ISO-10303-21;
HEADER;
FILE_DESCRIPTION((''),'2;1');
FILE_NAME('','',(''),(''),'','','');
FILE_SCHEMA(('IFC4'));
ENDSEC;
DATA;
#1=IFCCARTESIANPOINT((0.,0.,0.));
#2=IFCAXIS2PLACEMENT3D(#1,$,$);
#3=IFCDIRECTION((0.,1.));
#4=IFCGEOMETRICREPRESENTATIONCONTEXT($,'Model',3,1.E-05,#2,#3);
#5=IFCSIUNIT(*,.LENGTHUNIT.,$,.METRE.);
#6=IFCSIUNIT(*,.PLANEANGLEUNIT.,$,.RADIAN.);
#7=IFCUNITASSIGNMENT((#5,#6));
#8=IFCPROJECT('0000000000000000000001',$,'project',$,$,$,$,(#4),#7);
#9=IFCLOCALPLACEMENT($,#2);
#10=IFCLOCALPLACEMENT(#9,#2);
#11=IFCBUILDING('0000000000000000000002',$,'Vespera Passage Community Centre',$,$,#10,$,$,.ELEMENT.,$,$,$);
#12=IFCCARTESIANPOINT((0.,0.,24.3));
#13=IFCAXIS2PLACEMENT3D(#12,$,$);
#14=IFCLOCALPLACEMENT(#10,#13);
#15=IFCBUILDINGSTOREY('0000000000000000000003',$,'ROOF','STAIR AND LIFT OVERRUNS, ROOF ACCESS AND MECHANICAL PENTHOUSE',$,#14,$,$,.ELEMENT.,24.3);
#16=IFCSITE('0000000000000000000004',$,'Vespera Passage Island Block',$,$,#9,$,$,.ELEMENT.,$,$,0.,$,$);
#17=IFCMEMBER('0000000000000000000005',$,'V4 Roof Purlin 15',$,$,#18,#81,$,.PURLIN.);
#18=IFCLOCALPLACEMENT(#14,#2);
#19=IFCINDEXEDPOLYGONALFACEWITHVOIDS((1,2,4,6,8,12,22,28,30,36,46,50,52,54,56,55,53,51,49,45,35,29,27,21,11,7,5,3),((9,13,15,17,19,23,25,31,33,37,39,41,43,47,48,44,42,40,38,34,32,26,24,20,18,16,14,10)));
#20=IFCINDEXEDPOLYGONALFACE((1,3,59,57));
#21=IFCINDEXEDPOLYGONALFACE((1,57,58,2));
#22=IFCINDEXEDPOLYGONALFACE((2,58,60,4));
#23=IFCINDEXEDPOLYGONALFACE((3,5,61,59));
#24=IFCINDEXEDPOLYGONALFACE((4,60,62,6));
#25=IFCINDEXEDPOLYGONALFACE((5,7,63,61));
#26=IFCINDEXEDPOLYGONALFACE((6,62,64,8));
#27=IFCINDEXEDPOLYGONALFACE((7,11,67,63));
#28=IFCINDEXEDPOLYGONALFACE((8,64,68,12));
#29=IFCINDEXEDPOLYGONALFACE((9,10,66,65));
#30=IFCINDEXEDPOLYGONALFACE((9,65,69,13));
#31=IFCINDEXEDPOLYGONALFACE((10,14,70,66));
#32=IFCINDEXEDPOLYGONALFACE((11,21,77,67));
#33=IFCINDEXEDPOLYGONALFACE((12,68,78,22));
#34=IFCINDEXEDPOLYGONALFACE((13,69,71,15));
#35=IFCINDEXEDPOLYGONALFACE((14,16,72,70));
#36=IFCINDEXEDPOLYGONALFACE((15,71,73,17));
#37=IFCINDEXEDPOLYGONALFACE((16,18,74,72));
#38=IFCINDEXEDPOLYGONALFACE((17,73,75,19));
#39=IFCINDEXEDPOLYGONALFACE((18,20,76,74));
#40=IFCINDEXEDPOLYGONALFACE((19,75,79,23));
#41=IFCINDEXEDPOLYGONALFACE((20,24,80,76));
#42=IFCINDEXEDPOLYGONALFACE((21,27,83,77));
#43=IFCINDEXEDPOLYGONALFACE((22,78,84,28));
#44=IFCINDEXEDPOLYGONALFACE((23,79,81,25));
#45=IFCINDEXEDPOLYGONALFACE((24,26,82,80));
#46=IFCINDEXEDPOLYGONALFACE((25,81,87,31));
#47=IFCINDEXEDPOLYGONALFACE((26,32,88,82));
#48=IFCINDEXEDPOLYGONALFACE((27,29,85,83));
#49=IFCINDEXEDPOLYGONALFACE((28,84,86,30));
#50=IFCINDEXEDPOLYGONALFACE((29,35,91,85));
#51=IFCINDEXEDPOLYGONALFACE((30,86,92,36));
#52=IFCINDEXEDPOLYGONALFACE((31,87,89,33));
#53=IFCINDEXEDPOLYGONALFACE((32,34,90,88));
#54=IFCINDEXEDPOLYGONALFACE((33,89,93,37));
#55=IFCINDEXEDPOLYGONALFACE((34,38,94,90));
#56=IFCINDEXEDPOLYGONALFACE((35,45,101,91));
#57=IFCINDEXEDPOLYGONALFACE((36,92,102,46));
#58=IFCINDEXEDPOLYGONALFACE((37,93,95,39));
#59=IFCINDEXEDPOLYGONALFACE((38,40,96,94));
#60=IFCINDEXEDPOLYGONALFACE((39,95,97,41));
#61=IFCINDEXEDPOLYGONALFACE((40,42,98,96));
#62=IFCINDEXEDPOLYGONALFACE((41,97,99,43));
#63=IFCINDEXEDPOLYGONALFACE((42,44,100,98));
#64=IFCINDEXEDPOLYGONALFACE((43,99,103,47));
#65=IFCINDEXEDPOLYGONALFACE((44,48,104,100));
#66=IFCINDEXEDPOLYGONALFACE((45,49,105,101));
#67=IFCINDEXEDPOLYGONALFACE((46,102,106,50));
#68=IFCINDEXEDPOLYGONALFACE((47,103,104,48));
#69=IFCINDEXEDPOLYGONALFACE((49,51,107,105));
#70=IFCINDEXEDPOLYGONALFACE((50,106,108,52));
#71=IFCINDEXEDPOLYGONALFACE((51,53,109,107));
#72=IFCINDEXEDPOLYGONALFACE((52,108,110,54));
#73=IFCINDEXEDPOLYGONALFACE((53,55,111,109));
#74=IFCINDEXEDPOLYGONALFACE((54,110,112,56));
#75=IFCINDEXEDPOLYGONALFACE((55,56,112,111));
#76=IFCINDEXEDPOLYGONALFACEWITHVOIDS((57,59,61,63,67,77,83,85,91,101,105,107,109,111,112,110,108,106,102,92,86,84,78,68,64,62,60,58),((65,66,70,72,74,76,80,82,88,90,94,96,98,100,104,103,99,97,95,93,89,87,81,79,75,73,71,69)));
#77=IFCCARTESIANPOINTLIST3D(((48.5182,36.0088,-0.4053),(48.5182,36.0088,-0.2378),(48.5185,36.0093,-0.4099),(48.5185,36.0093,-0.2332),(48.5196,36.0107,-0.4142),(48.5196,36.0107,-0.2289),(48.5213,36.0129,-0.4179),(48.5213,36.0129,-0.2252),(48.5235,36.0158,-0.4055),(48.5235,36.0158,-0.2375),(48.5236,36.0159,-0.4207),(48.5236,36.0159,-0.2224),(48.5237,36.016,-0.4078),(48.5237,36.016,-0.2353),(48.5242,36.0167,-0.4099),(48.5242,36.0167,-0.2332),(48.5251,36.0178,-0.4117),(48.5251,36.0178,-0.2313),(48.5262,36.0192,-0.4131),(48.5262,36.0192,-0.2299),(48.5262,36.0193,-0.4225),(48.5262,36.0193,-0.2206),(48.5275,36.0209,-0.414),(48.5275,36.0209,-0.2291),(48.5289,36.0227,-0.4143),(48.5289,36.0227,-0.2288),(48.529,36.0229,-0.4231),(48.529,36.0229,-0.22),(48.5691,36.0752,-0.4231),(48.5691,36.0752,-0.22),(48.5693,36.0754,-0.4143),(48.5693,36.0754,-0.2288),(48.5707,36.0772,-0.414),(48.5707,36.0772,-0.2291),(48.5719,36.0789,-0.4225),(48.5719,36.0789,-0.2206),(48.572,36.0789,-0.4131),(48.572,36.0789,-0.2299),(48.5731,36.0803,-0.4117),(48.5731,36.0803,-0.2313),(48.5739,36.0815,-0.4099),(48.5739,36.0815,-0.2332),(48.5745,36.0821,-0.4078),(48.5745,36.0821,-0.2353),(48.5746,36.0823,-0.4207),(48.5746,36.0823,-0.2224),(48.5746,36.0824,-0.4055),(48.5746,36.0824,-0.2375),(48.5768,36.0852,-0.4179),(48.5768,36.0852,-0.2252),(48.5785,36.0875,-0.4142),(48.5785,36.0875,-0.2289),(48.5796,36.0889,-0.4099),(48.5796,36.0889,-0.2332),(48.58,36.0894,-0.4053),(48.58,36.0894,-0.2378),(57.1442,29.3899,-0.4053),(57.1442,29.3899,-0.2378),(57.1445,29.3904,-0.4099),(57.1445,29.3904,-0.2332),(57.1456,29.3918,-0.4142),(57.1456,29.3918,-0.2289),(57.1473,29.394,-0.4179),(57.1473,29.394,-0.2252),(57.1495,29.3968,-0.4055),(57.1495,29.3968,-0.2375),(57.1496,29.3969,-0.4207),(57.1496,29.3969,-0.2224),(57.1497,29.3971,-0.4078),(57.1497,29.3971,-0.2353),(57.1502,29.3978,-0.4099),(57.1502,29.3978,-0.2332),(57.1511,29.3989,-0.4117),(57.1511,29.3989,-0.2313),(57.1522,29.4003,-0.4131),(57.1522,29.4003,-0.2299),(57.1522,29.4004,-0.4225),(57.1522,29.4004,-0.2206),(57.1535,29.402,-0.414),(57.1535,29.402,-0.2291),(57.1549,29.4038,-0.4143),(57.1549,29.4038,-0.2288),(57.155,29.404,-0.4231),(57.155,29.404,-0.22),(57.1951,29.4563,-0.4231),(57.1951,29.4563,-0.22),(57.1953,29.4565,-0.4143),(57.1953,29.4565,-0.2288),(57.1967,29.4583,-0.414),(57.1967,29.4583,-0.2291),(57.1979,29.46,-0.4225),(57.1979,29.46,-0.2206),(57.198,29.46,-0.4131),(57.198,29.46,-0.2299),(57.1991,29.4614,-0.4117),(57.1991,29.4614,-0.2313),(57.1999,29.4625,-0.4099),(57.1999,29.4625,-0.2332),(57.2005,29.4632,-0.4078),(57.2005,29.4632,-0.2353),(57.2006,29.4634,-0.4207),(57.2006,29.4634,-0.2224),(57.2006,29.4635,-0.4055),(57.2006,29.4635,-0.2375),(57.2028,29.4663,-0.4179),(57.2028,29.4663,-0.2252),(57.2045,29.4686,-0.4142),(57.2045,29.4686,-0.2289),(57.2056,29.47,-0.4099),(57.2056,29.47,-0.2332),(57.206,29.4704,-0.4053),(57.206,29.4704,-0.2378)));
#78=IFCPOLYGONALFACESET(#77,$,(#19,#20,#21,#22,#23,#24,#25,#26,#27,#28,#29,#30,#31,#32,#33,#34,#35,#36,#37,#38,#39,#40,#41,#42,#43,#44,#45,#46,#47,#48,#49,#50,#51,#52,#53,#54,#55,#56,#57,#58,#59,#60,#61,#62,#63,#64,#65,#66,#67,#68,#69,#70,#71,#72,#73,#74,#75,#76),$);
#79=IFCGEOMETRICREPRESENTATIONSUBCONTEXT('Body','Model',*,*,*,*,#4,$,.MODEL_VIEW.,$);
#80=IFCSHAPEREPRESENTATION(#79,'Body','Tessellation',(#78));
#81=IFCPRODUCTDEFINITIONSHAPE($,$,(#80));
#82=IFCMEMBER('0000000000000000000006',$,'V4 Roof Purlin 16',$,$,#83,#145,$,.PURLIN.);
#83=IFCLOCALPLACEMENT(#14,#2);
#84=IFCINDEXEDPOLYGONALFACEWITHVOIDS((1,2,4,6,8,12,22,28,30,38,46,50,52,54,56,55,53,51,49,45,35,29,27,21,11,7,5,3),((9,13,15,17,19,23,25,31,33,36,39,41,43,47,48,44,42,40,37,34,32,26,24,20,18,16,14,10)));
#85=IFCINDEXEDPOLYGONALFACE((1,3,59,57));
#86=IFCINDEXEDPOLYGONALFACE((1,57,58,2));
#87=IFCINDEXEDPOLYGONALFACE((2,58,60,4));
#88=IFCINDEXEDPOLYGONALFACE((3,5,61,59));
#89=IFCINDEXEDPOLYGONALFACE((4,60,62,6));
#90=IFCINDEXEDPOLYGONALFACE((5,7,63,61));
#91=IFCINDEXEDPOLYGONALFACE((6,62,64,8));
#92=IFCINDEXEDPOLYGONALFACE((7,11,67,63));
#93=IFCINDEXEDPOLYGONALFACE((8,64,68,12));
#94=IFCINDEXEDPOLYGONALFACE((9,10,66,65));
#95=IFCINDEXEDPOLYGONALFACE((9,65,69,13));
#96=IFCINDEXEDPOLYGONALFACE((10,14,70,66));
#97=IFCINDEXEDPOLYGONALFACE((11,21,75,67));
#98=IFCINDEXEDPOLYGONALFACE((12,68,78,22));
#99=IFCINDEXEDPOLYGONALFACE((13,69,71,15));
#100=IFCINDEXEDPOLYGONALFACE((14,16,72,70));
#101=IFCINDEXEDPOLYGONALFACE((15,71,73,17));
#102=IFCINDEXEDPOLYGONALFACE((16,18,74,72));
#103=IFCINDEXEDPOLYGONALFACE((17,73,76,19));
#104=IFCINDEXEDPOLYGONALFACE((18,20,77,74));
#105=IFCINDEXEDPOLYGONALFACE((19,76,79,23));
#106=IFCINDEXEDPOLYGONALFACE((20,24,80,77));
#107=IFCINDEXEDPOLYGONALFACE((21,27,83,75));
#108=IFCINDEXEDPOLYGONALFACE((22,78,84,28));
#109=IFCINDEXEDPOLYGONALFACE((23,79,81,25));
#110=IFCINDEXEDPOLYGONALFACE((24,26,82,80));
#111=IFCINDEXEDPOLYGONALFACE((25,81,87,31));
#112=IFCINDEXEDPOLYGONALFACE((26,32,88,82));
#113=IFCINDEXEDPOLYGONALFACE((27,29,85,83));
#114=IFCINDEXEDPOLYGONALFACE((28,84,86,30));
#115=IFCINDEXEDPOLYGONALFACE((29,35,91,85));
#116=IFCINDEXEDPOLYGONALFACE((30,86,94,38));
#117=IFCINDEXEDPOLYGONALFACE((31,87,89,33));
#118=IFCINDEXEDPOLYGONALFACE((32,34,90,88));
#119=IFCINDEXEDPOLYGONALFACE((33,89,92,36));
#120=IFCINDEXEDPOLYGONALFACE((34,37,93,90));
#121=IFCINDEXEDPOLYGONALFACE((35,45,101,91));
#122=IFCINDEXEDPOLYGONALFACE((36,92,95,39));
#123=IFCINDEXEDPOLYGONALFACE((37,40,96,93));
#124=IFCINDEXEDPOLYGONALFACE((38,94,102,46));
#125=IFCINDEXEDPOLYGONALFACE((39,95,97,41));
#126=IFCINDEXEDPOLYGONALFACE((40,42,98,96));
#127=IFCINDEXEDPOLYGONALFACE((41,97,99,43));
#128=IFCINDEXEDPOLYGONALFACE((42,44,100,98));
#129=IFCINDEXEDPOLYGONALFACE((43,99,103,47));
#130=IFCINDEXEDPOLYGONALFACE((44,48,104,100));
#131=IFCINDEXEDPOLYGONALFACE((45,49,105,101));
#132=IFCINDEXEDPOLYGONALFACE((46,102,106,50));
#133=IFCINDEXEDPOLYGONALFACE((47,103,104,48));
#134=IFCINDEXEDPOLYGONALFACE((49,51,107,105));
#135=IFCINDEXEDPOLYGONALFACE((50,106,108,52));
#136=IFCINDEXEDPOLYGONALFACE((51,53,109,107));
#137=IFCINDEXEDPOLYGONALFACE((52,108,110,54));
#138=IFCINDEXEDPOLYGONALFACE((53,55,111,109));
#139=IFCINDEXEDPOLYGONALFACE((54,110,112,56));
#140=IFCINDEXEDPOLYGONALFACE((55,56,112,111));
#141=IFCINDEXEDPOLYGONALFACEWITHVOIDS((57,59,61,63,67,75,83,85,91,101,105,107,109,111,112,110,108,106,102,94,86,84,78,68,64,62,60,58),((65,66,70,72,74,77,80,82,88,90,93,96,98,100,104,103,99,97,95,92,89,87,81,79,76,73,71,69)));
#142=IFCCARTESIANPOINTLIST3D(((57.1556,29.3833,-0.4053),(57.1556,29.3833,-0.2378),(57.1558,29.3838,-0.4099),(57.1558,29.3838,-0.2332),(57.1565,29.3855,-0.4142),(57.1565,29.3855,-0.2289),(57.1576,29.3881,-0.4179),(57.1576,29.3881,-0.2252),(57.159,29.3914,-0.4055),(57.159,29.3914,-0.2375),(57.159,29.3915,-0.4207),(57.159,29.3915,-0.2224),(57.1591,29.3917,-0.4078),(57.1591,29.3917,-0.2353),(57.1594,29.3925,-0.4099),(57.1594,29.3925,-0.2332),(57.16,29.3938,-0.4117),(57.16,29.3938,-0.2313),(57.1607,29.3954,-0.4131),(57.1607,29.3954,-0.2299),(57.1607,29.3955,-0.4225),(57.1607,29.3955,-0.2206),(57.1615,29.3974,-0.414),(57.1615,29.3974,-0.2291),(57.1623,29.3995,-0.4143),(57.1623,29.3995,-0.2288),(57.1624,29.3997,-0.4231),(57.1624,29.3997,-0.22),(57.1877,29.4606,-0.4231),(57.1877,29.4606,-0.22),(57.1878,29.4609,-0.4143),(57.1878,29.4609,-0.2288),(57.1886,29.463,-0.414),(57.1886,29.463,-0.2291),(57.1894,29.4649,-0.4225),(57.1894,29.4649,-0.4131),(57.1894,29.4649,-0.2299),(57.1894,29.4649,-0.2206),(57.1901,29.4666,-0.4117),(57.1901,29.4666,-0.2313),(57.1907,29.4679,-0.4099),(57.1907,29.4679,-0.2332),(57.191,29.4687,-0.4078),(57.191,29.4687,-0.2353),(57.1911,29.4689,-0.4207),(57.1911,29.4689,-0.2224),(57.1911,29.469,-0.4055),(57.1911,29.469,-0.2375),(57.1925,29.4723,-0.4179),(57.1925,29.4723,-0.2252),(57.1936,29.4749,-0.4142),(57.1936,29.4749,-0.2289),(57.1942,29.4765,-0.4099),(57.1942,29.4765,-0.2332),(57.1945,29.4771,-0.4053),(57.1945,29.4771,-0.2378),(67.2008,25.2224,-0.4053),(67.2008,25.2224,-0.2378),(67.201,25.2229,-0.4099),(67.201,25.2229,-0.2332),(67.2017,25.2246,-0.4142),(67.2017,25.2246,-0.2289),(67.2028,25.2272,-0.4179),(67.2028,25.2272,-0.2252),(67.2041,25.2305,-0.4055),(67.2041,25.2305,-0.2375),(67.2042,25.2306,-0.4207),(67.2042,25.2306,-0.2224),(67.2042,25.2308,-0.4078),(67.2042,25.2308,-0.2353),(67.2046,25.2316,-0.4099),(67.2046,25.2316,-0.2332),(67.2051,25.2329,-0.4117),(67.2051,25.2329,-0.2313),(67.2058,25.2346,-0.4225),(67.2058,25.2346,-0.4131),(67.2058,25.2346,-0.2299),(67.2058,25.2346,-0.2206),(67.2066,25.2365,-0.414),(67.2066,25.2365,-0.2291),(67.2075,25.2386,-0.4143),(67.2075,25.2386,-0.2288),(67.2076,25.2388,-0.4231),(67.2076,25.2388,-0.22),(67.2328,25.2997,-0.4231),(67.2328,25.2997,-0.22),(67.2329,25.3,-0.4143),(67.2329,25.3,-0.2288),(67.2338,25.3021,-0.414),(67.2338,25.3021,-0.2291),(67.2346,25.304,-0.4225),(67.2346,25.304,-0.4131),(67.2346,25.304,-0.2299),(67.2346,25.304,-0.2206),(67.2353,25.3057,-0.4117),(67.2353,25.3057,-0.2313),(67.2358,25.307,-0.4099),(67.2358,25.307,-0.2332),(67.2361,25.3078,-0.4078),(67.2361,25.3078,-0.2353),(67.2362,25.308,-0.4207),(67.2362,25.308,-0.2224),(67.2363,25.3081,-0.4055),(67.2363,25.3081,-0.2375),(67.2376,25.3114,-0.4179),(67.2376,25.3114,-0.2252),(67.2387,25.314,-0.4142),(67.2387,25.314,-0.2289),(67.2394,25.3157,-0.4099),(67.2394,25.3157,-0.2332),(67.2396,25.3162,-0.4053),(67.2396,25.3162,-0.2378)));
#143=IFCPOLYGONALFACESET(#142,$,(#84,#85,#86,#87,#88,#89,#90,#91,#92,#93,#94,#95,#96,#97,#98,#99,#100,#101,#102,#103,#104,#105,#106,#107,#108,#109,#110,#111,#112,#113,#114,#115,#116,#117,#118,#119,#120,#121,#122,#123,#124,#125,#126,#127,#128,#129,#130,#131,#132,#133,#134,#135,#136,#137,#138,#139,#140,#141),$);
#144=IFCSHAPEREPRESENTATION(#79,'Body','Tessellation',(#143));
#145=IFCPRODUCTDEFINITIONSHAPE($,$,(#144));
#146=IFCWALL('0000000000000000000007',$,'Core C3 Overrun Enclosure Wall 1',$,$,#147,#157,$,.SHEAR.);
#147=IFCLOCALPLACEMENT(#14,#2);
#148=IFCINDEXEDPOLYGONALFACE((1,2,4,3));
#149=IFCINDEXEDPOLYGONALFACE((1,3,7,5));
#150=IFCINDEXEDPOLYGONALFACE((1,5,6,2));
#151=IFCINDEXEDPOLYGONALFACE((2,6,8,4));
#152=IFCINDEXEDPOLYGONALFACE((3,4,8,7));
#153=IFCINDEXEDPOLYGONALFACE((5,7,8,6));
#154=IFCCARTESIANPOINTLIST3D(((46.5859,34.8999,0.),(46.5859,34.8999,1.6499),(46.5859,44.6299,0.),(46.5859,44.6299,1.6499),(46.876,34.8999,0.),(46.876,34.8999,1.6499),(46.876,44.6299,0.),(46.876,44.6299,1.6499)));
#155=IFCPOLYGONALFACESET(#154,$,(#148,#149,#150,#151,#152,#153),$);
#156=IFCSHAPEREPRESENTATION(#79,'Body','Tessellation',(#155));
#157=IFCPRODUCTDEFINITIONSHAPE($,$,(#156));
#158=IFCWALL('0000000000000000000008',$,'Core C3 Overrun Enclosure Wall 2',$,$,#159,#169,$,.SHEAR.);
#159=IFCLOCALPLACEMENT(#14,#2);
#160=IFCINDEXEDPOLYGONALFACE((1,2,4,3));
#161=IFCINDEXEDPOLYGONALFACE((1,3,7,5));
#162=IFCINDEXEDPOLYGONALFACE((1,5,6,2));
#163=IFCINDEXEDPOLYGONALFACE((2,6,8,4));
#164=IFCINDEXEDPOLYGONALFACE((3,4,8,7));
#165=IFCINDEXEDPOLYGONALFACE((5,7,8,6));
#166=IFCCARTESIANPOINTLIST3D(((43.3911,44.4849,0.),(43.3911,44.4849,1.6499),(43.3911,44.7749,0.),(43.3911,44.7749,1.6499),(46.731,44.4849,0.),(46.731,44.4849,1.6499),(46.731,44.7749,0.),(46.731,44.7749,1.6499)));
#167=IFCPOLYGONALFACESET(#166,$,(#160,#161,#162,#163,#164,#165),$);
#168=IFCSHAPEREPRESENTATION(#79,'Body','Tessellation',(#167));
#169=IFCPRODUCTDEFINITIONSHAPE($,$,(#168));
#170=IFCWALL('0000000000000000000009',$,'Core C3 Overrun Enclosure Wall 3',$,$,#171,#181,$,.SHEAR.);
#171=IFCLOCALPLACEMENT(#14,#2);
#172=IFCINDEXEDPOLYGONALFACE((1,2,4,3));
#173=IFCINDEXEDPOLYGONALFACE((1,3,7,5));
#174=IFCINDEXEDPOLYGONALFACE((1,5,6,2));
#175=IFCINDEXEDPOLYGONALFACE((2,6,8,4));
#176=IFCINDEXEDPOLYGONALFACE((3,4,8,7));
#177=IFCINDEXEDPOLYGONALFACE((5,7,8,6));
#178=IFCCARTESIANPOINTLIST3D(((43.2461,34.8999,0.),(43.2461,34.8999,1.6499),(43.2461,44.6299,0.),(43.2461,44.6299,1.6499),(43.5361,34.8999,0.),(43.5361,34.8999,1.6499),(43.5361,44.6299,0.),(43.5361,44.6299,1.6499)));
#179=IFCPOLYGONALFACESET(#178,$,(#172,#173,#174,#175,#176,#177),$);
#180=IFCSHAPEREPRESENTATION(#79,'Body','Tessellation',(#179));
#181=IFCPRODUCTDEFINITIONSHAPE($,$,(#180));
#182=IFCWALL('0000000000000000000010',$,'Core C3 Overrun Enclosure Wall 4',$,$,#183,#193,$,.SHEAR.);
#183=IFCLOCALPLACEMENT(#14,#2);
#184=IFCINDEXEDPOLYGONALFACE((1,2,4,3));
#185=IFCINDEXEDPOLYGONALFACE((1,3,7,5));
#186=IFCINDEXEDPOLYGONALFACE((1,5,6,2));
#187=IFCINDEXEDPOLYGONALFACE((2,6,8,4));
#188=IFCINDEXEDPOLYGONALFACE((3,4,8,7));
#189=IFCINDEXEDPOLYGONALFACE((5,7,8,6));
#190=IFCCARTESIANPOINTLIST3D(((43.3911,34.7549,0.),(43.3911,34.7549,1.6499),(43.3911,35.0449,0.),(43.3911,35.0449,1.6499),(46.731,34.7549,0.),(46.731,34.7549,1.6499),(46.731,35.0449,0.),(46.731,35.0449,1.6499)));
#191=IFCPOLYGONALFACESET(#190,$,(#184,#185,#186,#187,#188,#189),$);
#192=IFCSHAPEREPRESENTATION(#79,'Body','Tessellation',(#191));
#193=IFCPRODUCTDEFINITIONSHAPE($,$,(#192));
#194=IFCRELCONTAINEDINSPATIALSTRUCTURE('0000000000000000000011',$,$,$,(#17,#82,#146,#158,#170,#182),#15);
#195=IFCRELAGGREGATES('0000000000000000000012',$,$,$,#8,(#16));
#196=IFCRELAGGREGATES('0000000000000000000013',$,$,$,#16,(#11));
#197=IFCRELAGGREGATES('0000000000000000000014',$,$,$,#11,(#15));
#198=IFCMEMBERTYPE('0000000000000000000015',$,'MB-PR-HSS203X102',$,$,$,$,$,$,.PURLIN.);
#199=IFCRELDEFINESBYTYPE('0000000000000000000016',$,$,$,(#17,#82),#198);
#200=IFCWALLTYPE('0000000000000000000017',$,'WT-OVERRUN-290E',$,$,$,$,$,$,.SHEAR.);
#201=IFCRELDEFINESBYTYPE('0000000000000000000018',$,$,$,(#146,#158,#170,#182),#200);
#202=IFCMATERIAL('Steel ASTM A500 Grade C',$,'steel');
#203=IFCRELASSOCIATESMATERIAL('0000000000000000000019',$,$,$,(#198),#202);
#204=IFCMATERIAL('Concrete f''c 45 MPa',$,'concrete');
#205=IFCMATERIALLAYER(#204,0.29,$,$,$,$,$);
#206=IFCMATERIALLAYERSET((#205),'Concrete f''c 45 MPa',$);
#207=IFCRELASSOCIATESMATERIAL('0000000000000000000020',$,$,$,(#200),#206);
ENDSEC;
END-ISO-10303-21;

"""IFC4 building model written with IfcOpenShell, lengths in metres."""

from ifc_helpers import new_model, si_unit, direction, frame, frame_2d, origin, origin_2d, place, context, subcontext, project, spatial, rectangle, hollow_rectangle, extrude, material, layer, layer_set, material_profile, profile_set, type_object, element, save


model = new_model("IFC4")

# Units and contexts
model_context = context("Model", 3, precision=1e-05, world=origin(), true_north=direction((0.0, 1.0)))
body_context = subcontext(model_context, "Body", "Model", "MODEL_VIEW")
ifc_project = project(units=[si_unit("LENGTHUNIT", "METRE"), si_unit("PLANEANGLEUNIT", "RADIAN")], contexts=[model_context])

# Site, building, storey
site_placement = place(None, origin())
site = spatial("IfcSite", under=ifc_project, at=site_placement, Name="Vespera Passage Island Block", CompositionType="ELEMENT", RefElevation=0.0)
building_placement = place(site_placement, origin())
building = spatial("IfcBuilding", under=site, at=building_placement, Name="Vespera Passage Community Centre", CompositionType="ELEMENT")
storey_placement = place(building_placement, frame((0.0, 0.0, 24.3)))
storey = spatial("IfcBuildingStorey", under=building, at=storey_placement, Name="ROOF", Description="STAIR AND LIFT OVERRUNS, ROOF ACCESS AND MECHANICAL PENTHOUSE", CompositionType="ELEMENT", Elevation=24.3)

# Members
ifc_material_1 = material(Name="Steel ASTM A500 Grade C", Category="steel")
ifc_material_profile_1 = material_profile(ifc_material_1, hollow_rectangle(XDim=0.1016, YDim=0.2031, WallThickness=0.0088, InnerFilletRadius=0.0088, OuterFilletRadius=0.0178, at=origin_2d()), Name="HSS203X102X9.5")
ifc_profile_set_1 = profile_set([ifc_material_profile_1], Name="Steel ASTM A500 Grade C")
member_type = type_object("IfcMemberType", Name="MB-PR-HSS203X102", PredefinedType="PURLIN", material=ifc_profile_set_1)
for number, where, z_axis, x_axis, name in (
    (1, (48.5491, 36.0491, -0.3215), (0.793355, -0.608759, 0.0), (0.608759, 0.793355, 0.0), "V4 Roof Purlin 15"),
    (2, (57.175, 29.4302, -0.3215), (0.923878, -0.382687, 0.0), (0.382687, 0.923878, 0.0), "V4 Roof Purlin 16"),
):
    element("IfcMember", number, at=place(storey_placement, frame(where, z_axis=z_axis, x_axis=x_axis)), inside=storey, type_object=member_type, Name=name, PredefinedType="PURLIN", context=body_context, shape_type="SweptSolid", body=[
        extrude(hollow_rectangle(XDim=0.1016, YDim=0.2031, WallThickness=0.0088, InnerFilletRadius=0.0088, OuterFilletRadius=0.0178, at=origin_2d()), origin(), (0.0, 0.0, 1.0), 10.8728),
    ])

# Walls
ifc_material_2 = material(Name="Concrete f'c 45 MPa", Category="concrete")
ifc_layer_1 = layer(ifc_material_2, 0.29)
ifc_layer_set_1 = layer_set([ifc_layer_1], Name="Concrete f'c 45 MPa")
wall_type_1 = type_object("IfcWallType", Name="WT-OVERRUN-290E", PredefinedType="SHEAR", material=ifc_layer_set_1)
wall_1_placement = place(storey_placement, frame((46.731, 34.8999, 0.0), z_axis=(0.0, 0.0, 1.0), x_axis=(0.0, 1.0, 0.0)))
element("IfcWall", 3, at=wall_1_placement, inside=storey, type_object=wall_type_1, Name="Core C3 Overrun Enclosure Wall 1", PredefinedType="SHEAR", context=body_context, shape_type="SweptSolid", body=[
    extrude(rectangle(XDim=9.73, YDim=0.29, at=frame_2d((4.865, 0.0))), origin(), (0.0, 0.0, 1.0), 1.6499),
])
wall_2_placement = place(storey_placement, frame((46.731, 44.6299, 0.0), z_axis=(0.0, 0.0, 1.0), x_axis=(-1.0, 0.0, 0.0)))
element("IfcWall", 4, at=wall_2_placement, inside=storey, type_object=wall_type_1, Name="Core C3 Overrun Enclosure Wall 2", PredefinedType="SHEAR", context=body_context, shape_type="SweptSolid", body=[
    extrude(rectangle(XDim=3.3398, YDim=0.29, at=frame_2d((1.6699, 0.0))), origin(), (0.0, 0.0, 1.0), 1.6499),
])
wall_3_placement = place(storey_placement, frame((43.3911, 44.6299, 0.0), z_axis=(0.0, 0.0, 1.0), x_axis=(0.0, -1.0, 0.0)))
element("IfcWall", 5, at=wall_3_placement, inside=storey, type_object=wall_type_1, Name="Core C3 Overrun Enclosure Wall 3", PredefinedType="SHEAR", context=body_context, shape_type="SweptSolid", body=[
    extrude(rectangle(XDim=9.73, YDim=0.29, at=frame_2d((4.865, 0.0))), origin(), (0.0, 0.0, 1.0), 1.6499),
])
wall_4_placement = place(storey_placement, frame((43.3911, 34.8999, 0.0), z_axis=(0.0, 0.0, 1.0), x_axis=(1.0, 0.0, 0.0)))
element("IfcWall", 6, at=wall_4_placement, inside=storey, type_object=wall_type_1, Name="Core C3 Overrun Enclosure Wall 4", PredefinedType="SHEAR", context=body_context, shape_type="SweptSolid", body=[
    extrude(rectangle(XDim=3.3398, YDim=0.29, at=frame_2d((1.6699, 0.0))), origin(), (0.0, 0.0, 1.0), 1.6499),
])

save(model, "model.ifc")
